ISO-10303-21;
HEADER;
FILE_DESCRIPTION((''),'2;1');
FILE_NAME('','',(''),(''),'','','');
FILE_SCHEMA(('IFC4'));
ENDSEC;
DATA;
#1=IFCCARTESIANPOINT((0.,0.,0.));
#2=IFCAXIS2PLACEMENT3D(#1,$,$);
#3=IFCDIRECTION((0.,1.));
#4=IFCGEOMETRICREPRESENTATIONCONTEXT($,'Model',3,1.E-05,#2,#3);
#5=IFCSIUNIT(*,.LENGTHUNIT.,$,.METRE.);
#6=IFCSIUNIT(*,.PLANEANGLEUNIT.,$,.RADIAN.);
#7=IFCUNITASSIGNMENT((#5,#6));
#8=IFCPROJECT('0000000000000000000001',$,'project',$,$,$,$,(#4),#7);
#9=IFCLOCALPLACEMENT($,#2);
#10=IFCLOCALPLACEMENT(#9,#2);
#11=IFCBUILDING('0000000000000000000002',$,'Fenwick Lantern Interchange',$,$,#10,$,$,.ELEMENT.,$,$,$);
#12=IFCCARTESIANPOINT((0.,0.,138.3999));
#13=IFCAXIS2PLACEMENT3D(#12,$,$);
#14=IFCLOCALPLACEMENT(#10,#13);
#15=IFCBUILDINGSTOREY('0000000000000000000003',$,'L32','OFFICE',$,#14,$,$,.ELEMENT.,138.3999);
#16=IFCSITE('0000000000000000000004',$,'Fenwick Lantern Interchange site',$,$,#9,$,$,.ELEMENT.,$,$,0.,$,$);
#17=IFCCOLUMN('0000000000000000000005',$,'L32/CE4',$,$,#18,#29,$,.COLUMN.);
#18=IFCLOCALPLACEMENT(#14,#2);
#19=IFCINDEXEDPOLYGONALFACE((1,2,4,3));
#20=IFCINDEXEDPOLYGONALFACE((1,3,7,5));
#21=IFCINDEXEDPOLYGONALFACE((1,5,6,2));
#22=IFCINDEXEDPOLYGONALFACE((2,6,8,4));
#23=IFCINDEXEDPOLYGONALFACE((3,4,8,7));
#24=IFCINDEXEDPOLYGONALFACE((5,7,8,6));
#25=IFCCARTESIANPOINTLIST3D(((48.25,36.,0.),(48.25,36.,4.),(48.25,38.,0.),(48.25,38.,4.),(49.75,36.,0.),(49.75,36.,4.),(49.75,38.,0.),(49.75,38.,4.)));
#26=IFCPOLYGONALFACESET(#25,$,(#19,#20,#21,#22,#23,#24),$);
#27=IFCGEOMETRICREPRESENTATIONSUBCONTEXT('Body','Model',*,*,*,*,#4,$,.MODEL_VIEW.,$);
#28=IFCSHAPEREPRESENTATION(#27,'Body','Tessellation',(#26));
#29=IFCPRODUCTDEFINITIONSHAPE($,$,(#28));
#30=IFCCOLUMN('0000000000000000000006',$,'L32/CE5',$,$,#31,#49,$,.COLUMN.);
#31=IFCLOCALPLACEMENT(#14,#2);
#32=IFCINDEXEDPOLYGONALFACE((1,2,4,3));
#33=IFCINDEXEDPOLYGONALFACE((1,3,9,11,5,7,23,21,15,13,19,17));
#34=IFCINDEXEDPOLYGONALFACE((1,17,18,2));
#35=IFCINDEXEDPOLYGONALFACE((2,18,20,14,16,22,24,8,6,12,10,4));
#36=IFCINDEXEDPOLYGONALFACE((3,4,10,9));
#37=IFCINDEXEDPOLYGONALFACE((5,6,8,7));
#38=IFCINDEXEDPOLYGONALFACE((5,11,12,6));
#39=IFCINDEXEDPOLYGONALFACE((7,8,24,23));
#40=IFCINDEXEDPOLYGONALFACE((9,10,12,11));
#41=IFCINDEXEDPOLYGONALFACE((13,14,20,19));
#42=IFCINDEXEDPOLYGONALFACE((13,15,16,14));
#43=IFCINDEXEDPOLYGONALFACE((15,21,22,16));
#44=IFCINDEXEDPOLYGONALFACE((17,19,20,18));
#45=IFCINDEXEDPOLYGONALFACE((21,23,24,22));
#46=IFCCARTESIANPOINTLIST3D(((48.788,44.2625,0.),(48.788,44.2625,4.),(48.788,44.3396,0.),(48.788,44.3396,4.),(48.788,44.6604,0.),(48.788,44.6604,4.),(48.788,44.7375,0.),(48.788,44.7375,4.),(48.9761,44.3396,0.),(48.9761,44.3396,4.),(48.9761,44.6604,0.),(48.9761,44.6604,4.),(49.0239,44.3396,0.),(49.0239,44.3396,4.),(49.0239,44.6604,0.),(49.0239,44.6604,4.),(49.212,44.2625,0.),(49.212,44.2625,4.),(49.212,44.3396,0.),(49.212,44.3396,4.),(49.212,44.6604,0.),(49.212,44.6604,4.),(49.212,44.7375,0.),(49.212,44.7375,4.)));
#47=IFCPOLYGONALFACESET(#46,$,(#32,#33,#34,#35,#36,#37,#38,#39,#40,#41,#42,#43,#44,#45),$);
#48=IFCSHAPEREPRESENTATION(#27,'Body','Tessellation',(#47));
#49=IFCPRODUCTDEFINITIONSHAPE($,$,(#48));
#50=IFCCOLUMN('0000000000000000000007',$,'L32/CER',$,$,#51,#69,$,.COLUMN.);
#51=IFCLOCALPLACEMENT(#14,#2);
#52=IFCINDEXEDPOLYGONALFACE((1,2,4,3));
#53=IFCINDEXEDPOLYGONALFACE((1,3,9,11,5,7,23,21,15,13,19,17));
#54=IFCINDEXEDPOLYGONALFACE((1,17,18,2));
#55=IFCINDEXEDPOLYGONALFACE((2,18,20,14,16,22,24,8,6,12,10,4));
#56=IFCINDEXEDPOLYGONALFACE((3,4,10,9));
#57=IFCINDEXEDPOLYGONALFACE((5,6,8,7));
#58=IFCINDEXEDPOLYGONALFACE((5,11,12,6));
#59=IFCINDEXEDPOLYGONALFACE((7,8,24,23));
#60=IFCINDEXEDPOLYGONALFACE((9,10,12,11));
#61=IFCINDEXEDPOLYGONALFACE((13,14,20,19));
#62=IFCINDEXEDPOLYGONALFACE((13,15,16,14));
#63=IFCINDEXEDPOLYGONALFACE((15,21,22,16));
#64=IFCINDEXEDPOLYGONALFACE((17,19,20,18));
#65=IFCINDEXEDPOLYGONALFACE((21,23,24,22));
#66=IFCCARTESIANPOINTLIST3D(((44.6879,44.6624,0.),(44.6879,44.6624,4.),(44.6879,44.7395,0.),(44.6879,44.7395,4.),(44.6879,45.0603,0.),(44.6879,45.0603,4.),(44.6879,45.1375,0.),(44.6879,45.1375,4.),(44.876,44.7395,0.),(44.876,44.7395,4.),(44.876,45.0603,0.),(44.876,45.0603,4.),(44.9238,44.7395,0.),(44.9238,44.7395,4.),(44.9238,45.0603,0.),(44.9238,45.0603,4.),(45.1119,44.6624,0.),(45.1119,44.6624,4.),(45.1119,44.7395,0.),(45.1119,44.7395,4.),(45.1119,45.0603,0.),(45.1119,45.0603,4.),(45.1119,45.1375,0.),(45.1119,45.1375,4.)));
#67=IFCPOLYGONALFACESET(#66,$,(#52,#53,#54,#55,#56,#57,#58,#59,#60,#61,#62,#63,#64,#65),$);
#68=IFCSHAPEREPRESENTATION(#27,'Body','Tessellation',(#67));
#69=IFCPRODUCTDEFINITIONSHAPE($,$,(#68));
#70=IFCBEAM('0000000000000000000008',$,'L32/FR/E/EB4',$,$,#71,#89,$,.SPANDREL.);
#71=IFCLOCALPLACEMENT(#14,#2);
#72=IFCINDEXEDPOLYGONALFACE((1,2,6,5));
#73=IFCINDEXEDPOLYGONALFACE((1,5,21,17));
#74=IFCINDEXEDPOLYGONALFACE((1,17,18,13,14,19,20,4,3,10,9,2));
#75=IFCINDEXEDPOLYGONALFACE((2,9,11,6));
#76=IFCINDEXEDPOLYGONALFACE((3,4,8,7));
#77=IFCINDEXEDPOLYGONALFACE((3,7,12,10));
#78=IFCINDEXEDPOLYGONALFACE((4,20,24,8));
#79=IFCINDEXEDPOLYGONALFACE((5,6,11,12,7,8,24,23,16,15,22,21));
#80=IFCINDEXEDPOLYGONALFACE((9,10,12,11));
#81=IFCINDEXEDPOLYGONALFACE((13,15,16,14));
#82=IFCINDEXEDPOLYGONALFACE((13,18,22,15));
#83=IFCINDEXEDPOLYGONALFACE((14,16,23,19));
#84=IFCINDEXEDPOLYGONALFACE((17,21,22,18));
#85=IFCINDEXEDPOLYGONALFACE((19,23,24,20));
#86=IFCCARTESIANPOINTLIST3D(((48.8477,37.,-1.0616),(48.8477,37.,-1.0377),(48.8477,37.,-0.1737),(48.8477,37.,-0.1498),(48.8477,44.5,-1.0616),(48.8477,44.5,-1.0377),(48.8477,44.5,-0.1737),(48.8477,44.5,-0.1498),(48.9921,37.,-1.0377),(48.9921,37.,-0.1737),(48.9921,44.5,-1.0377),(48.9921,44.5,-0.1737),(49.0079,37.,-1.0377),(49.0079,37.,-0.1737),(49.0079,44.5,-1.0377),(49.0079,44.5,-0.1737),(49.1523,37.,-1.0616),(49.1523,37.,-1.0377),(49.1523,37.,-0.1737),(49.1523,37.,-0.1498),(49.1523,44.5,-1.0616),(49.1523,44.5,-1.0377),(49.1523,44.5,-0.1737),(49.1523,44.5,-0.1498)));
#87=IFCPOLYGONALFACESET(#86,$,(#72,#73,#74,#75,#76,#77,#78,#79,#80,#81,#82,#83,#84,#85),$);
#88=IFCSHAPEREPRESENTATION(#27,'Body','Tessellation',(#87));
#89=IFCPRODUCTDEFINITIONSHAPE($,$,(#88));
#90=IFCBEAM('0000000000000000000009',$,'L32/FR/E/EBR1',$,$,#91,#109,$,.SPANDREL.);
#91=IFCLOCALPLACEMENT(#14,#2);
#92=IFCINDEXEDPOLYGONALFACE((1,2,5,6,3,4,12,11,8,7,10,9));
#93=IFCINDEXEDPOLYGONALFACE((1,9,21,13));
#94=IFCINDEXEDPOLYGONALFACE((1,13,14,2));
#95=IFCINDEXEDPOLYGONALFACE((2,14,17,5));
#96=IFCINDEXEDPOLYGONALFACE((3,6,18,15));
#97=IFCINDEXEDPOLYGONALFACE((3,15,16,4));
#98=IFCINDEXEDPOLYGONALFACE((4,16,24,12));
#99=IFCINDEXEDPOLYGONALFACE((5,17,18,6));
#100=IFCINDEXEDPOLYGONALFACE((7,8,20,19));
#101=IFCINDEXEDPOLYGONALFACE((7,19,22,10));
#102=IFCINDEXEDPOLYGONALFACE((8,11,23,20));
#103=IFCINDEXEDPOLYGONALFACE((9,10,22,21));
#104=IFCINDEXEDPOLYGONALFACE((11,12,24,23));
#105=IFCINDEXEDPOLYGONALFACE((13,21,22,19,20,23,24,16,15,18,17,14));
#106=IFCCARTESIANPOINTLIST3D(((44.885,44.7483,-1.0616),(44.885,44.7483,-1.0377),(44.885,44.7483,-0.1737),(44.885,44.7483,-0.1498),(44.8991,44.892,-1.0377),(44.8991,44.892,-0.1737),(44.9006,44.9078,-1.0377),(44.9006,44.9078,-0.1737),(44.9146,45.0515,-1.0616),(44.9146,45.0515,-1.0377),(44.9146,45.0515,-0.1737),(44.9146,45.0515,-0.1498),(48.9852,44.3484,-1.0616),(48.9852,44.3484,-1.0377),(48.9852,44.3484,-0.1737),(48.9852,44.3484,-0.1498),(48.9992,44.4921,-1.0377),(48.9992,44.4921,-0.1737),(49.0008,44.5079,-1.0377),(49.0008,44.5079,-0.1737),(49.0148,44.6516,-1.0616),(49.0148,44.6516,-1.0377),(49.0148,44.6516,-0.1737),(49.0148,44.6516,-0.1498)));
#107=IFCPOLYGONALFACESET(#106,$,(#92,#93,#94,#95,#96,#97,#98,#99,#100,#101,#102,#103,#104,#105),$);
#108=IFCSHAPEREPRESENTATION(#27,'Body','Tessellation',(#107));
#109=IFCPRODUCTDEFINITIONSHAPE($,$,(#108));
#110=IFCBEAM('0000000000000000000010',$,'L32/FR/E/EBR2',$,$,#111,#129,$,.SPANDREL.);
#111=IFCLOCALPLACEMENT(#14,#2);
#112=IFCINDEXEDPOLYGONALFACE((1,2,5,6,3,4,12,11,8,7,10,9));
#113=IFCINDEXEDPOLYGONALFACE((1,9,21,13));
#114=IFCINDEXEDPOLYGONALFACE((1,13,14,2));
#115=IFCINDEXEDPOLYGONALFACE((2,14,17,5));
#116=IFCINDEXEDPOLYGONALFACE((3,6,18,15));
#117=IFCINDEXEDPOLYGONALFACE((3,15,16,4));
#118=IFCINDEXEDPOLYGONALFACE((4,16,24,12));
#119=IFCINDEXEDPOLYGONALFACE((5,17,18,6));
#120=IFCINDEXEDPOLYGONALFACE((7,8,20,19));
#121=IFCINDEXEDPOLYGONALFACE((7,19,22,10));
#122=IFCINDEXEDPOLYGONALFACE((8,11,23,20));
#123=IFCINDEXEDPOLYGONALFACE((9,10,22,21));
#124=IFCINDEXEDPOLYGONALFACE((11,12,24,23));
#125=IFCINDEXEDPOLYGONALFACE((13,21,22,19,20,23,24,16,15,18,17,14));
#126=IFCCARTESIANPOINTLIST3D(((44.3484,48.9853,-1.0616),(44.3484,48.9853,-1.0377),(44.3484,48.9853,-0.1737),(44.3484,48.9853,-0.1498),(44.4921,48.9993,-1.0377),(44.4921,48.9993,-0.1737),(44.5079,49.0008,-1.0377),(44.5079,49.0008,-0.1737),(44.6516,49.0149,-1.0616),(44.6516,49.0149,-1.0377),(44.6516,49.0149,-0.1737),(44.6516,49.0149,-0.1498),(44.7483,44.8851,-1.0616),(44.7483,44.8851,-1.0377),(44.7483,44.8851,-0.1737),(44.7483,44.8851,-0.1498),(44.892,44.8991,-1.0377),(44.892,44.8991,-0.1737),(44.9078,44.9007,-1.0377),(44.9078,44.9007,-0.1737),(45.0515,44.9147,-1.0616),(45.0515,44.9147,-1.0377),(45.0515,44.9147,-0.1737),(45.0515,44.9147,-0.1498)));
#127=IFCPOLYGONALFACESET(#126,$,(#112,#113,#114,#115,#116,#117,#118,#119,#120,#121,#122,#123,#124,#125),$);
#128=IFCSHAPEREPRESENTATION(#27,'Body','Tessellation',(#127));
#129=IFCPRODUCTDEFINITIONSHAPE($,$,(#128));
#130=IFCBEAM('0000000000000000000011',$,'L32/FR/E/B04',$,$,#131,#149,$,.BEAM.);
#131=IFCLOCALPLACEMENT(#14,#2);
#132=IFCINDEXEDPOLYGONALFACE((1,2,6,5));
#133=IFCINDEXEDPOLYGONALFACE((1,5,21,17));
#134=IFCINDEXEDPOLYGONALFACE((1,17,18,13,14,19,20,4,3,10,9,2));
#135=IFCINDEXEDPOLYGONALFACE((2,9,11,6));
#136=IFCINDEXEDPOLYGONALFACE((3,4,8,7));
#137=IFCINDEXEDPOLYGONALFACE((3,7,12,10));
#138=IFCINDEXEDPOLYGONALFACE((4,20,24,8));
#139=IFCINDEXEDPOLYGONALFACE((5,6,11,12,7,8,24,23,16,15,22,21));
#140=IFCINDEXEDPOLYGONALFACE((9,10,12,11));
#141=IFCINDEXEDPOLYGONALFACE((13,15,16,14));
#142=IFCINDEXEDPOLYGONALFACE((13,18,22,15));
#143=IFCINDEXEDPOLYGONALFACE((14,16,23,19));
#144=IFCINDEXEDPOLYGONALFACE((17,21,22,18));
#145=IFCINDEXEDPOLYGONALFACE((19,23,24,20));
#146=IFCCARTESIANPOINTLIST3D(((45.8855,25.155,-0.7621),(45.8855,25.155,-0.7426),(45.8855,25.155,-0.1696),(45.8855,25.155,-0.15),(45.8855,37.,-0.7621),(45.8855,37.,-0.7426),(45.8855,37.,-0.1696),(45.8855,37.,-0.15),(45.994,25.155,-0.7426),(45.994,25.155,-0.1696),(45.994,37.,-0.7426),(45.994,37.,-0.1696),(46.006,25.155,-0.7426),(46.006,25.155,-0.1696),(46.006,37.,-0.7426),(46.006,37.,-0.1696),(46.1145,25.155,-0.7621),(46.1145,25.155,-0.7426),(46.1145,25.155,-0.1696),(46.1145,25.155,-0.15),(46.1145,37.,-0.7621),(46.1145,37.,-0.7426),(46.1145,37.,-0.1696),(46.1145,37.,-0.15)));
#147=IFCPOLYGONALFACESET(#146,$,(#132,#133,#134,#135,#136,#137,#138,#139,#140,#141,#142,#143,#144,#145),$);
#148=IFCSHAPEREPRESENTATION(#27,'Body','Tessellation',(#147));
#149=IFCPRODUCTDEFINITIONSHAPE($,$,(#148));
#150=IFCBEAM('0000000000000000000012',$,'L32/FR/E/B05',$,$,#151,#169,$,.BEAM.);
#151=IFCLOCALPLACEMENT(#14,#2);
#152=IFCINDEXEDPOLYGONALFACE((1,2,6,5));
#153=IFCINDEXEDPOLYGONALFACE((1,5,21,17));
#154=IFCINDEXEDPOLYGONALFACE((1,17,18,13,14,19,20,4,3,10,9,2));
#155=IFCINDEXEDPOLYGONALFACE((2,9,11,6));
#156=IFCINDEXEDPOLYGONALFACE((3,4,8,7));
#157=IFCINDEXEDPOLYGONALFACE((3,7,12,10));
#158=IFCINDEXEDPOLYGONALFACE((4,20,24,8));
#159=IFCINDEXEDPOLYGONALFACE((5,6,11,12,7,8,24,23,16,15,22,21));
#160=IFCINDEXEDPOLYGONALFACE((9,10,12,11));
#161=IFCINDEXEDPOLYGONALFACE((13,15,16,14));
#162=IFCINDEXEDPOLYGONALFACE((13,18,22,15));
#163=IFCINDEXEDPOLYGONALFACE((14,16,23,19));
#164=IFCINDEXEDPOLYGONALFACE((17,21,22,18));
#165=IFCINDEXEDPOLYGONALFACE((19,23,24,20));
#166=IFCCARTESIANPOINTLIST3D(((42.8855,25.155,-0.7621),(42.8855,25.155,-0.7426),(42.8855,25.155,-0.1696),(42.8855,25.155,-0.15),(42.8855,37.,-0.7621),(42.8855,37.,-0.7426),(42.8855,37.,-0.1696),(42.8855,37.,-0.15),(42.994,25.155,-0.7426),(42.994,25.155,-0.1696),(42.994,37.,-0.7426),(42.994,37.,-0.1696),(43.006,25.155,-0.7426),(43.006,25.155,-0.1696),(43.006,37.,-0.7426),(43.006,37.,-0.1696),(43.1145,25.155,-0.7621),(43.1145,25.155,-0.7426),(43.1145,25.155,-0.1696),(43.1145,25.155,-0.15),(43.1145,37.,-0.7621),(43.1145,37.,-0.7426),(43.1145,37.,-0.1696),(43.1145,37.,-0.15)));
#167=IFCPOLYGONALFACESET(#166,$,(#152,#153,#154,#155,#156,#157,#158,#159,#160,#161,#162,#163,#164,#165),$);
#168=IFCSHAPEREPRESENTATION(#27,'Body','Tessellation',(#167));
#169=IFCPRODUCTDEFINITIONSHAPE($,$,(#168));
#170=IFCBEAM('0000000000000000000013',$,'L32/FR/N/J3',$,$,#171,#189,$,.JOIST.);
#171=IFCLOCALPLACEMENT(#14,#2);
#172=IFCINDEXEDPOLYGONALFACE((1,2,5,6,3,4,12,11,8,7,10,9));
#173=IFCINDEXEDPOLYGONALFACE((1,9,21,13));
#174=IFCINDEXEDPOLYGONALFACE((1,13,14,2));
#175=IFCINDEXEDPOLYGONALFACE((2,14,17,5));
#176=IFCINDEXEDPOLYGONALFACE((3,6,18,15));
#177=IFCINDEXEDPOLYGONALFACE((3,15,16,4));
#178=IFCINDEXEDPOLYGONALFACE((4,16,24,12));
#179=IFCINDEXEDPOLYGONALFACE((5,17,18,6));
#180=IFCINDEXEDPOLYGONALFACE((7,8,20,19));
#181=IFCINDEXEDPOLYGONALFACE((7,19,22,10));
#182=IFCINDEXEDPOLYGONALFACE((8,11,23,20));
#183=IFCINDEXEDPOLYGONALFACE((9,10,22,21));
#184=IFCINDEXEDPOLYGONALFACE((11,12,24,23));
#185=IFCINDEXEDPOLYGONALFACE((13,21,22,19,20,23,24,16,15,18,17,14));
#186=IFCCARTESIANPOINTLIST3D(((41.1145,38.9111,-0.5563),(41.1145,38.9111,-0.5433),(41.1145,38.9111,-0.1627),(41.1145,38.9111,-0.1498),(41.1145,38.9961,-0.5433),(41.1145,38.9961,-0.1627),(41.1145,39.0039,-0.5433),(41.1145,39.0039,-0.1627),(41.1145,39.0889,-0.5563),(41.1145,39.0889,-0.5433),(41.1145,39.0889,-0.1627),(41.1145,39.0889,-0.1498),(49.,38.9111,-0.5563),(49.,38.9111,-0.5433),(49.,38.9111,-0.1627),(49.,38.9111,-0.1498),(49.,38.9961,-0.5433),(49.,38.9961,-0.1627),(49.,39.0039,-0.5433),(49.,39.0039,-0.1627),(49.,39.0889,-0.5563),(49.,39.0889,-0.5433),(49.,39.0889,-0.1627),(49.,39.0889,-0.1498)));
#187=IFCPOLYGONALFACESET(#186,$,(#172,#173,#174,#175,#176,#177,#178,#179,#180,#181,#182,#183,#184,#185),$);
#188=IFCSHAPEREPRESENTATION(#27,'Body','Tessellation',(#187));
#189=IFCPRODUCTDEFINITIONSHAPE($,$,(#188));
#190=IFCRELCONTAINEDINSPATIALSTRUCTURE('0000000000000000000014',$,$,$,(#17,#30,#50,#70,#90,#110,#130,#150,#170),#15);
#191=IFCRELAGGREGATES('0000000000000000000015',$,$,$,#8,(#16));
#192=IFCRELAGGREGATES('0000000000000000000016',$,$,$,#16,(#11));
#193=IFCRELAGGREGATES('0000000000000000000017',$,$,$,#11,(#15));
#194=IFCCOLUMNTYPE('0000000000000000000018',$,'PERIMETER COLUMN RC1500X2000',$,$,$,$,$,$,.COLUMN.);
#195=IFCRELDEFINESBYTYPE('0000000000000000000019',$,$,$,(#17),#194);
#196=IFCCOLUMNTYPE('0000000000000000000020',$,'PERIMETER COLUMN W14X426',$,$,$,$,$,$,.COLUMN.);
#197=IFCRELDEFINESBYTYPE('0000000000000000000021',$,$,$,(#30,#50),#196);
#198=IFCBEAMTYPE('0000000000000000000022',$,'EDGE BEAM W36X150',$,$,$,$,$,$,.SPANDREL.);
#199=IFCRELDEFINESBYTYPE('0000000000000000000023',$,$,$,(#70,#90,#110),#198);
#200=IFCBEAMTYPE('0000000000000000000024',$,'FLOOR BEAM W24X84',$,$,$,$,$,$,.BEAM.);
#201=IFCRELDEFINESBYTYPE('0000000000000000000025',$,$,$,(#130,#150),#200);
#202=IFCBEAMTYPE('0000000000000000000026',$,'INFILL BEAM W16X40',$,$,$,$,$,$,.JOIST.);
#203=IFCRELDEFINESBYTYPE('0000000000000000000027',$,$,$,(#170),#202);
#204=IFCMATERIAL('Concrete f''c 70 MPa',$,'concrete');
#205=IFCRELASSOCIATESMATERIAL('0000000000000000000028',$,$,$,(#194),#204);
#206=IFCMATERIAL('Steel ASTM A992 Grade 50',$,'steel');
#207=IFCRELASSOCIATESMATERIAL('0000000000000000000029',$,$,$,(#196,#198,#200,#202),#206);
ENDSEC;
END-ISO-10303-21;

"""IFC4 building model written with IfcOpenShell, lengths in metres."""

from ifc_helpers import new_model, si_unit, direction, frame, origin, origin_2d, place, context, subcontext, project, spatial, rectangle, i_section, extrude, material, material_profile, profile_set, type_object, element, save


model = new_model("IFC4")

# Units and contexts
model_context = context("Model", 3, precision=1e-05, world=origin(), true_north=direction((0.0, 1.0)))
body_context = subcontext(model_context, "Body", "Model", "MODEL_VIEW")
ifc_project = project(units=[si_unit("LENGTHUNIT", "METRE"), si_unit("PLANEANGLEUNIT", "RADIAN")], contexts=[model_context])

# Site, building, storey
site_placement = place(None, origin())
site = spatial("IfcSite", under=ifc_project, at=site_placement, Name="Fenwick Lantern Interchange site", CompositionType="ELEMENT", RefElevation=0.0)
building_placement = place(site_placement, origin())
building = spatial("IfcBuilding", under=site, at=building_placement, Name="Fenwick Lantern Interchange", CompositionType="ELEMENT")
storey_placement = place(building_placement, frame((0.0, 0.0, 138.3999)))
storey = spatial("IfcBuildingStorey", under=building, at=storey_placement, Name="L32", Description="OFFICE", CompositionType="ELEMENT", Elevation=138.3999)

# Columns
ifc_material_1 = material(Name="Concrete f'c 70 MPa", Category="concrete")
ifc_material_profile_1 = material_profile(ifc_material_1, rectangle(XDim=1.5, YDim=2.0, at=origin_2d()), Name="RC1500X2000")
ifc_profile_set_1 = profile_set([ifc_material_profile_1], Name="Concrete f'c 70 MPa")
column_type_1 = type_object("IfcColumnType", Name="PERIMETER COLUMN RC1500X2000", PredefinedType="COLUMN", material=ifc_profile_set_1)
column_placement = place(storey_placement, frame((49.0, 37.0, 0.0), z_axis=(0.0, 0.0, 1.0), x_axis=(1.0, 0.0, 0.0)))
element("IfcColumn", 1, at=column_placement, inside=storey, type_object=column_type_1, Name="L32/CE4", PredefinedType="COLUMN", context=body_context, shape_type="SweptSolid", body=[
    extrude(rectangle(XDim=1.5, YDim=2.0, at=origin_2d()), origin(), (0.0, 0.0, 1.0), 4.0),
])
ifc_material_2 = material(Name="Steel ASTM A992 Grade 50", Category="steel")
ifc_material_profile_2 = material_profile(ifc_material_2, i_section(OverallWidth=0.4241, OverallDepth=0.4751, WebThickness=0.0479, FlangeThickness=0.0771, at=origin_2d()), Name="W14X426")
ifc_profile_set_2 = profile_set([ifc_material_profile_2], Name="Steel ASTM A992 Grade 50")
column_type_2 = type_object("IfcColumnType", Name="PERIMETER COLUMN W14X426", PredefinedType="COLUMN", material=ifc_profile_set_2)
for number, where, z_axis, x_axis, name in (
    (2, (49.0, 44.5, 0.0), (0.0, 0.0, 1.0), (1.0, 0.0, 0.0), "L32/CE5"),
    (3, (44.8999, 44.8999, 0.0), (0.0, 0.0, 1.0), (1.0, 0.0, 0.0), "L32/CER"),
):
    element("IfcColumn", number, at=place(storey_placement, frame(where, z_axis=z_axis, x_axis=x_axis)), inside=storey, type_object=column_type_2, Name=name, PredefinedType="COLUMN", context=body_context, shape_type="SweptSolid", body=[
        extrude(i_section(OverallWidth=0.4241, OverallDepth=0.4751, WebThickness=0.0479, FlangeThickness=0.0771, at=origin_2d()), origin(), (0.0, 0.0, 1.0), 4.0),
    ])

# Beams
ifc_material_profile_3 = material_profile(ifc_material_2, i_section(OverallWidth=0.3047, OverallDepth=0.9119, WebThickness=0.0159, FlangeThickness=0.0239, at=origin_2d()), Name="W36X150")
ifc_profile_set_3 = profile_set([ifc_material_profile_3], Name="Steel ASTM A992 Grade 50")
beam_type_1 = type_object("IfcBeamType", Name="EDGE BEAM W36X150", PredefinedType="SPANDREL", material=ifc_profile_set_3)
beam_1_placement = place(storey_placement, frame((49.0, 37.0, -0.6057), z_axis=(0.0, 1.0, 0.0), x_axis=(-1.0, 0.0, 0.0)))
element("IfcBeam", 4, at=beam_1_placement, inside=storey, type_object=beam_type_1, Name="L32/FR/E/EB4", PredefinedType="SPANDREL", context=body_context, shape_type="SweptSolid", body=[
    extrude(i_section(OverallWidth=0.3047, OverallDepth=0.9119, WebThickness=0.0159, FlangeThickness=0.0239, at=origin_2d()), origin(), (0.0, 0.0, 1.0), 7.5),
])
for number, where, z_axis, x_axis, name in (
    (5, (49.0, 44.5, -0.6057), (-0.995277, 0.097074, 0.0), (-0.097074, -0.995277, 0.0), "L32/FR/E/EBR1"),
    (6, (44.8999, 44.8999, -0.6057), (-0.097074, 0.995277, 0.0), (-0.995277, -0.097074, 0.0), "L32/FR/E/EBR2"),
):
    element("IfcBeam", number, at=place(storey_placement, frame(where, z_axis=z_axis, x_axis=x_axis)), inside=storey, type_object=beam_type_1, Name=name, PredefinedType="SPANDREL", context=body_context, shape_type="SweptSolid", body=[
        extrude(i_section(OverallWidth=0.3047, OverallDepth=0.9119, WebThickness=0.0159, FlangeThickness=0.0239, at=origin_2d()), origin(), (0.0, 0.0, 1.0), 4.1196),
    ])
ifc_material_profile_4 = material_profile(ifc_material_2, i_section(OverallWidth=0.229, OverallDepth=0.6121, WebThickness=0.012, FlangeThickness=0.0195, at=origin_2d()), Name="W24X84")
ifc_profile_set_4 = profile_set([ifc_material_profile_4], Name="Steel ASTM A992 Grade 50")
beam_type_2 = type_object("IfcBeamType", Name="FLOOR BEAM W24X84", PredefinedType="BEAM", material=ifc_profile_set_4)
for number, where, z_axis, x_axis, name in (
    (7, (46.0, 25.155, -0.4561), (0.0, 1.0, 0.0), (-1.0, 0.0, 0.0), "L32/FR/E/B04"),
    (8, (43.0, 25.155, -0.4561), (0.0, 1.0, 0.0), (-1.0, 0.0, 0.0), "L32/FR/E/B05"),
):
    element("IfcBeam", number, at=place(storey_placement, frame(where, z_axis=z_axis, x_axis=x_axis)), inside=storey, type_object=beam_type_2, Name=name, PredefinedType="BEAM", context=body_context, shape_type="SweptSolid", body=[
        extrude(i_section(OverallWidth=0.229, OverallDepth=0.6121, WebThickness=0.012, FlangeThickness=0.0195, at=origin_2d()), origin(), (0.0, 0.0, 1.0), 11.845),
    ])
ifc_material_profile_5 = material_profile(ifc_material_2, i_section(OverallWidth=0.1777, OverallDepth=0.4065, WebThickness=0.0078, FlangeThickness=0.0129, at=origin_2d()), Name="W16X40")
ifc_profile_set_5 = profile_set([ifc_material_profile_5], Name="Steel ASTM A992 Grade 50")
beam_type_3 = type_object("IfcBeamType", Name="INFILL BEAM W16X40", PredefinedType="JOIST", material=ifc_profile_set_5)
beam_2_placement = place(storey_placement, frame((49.0, 39.0, -0.353), z_axis=(-1.0, 0.0, 0.0), x_axis=(0.0, -1.0, 0.0)))
element("IfcBeam", 9, at=beam_2_placement, inside=storey, type_object=beam_type_3, Name="L32/FR/N/J3", PredefinedType="JOIST", context=body_context, shape_type="SweptSolid", body=[
    extrude(i_section(OverallWidth=0.1777, OverallDepth=0.4065, WebThickness=0.0078, FlangeThickness=0.0129, at=origin_2d()), origin(), (0.0, 0.0, 1.0), 7.8855),
])

save(model, "model.ifc")
